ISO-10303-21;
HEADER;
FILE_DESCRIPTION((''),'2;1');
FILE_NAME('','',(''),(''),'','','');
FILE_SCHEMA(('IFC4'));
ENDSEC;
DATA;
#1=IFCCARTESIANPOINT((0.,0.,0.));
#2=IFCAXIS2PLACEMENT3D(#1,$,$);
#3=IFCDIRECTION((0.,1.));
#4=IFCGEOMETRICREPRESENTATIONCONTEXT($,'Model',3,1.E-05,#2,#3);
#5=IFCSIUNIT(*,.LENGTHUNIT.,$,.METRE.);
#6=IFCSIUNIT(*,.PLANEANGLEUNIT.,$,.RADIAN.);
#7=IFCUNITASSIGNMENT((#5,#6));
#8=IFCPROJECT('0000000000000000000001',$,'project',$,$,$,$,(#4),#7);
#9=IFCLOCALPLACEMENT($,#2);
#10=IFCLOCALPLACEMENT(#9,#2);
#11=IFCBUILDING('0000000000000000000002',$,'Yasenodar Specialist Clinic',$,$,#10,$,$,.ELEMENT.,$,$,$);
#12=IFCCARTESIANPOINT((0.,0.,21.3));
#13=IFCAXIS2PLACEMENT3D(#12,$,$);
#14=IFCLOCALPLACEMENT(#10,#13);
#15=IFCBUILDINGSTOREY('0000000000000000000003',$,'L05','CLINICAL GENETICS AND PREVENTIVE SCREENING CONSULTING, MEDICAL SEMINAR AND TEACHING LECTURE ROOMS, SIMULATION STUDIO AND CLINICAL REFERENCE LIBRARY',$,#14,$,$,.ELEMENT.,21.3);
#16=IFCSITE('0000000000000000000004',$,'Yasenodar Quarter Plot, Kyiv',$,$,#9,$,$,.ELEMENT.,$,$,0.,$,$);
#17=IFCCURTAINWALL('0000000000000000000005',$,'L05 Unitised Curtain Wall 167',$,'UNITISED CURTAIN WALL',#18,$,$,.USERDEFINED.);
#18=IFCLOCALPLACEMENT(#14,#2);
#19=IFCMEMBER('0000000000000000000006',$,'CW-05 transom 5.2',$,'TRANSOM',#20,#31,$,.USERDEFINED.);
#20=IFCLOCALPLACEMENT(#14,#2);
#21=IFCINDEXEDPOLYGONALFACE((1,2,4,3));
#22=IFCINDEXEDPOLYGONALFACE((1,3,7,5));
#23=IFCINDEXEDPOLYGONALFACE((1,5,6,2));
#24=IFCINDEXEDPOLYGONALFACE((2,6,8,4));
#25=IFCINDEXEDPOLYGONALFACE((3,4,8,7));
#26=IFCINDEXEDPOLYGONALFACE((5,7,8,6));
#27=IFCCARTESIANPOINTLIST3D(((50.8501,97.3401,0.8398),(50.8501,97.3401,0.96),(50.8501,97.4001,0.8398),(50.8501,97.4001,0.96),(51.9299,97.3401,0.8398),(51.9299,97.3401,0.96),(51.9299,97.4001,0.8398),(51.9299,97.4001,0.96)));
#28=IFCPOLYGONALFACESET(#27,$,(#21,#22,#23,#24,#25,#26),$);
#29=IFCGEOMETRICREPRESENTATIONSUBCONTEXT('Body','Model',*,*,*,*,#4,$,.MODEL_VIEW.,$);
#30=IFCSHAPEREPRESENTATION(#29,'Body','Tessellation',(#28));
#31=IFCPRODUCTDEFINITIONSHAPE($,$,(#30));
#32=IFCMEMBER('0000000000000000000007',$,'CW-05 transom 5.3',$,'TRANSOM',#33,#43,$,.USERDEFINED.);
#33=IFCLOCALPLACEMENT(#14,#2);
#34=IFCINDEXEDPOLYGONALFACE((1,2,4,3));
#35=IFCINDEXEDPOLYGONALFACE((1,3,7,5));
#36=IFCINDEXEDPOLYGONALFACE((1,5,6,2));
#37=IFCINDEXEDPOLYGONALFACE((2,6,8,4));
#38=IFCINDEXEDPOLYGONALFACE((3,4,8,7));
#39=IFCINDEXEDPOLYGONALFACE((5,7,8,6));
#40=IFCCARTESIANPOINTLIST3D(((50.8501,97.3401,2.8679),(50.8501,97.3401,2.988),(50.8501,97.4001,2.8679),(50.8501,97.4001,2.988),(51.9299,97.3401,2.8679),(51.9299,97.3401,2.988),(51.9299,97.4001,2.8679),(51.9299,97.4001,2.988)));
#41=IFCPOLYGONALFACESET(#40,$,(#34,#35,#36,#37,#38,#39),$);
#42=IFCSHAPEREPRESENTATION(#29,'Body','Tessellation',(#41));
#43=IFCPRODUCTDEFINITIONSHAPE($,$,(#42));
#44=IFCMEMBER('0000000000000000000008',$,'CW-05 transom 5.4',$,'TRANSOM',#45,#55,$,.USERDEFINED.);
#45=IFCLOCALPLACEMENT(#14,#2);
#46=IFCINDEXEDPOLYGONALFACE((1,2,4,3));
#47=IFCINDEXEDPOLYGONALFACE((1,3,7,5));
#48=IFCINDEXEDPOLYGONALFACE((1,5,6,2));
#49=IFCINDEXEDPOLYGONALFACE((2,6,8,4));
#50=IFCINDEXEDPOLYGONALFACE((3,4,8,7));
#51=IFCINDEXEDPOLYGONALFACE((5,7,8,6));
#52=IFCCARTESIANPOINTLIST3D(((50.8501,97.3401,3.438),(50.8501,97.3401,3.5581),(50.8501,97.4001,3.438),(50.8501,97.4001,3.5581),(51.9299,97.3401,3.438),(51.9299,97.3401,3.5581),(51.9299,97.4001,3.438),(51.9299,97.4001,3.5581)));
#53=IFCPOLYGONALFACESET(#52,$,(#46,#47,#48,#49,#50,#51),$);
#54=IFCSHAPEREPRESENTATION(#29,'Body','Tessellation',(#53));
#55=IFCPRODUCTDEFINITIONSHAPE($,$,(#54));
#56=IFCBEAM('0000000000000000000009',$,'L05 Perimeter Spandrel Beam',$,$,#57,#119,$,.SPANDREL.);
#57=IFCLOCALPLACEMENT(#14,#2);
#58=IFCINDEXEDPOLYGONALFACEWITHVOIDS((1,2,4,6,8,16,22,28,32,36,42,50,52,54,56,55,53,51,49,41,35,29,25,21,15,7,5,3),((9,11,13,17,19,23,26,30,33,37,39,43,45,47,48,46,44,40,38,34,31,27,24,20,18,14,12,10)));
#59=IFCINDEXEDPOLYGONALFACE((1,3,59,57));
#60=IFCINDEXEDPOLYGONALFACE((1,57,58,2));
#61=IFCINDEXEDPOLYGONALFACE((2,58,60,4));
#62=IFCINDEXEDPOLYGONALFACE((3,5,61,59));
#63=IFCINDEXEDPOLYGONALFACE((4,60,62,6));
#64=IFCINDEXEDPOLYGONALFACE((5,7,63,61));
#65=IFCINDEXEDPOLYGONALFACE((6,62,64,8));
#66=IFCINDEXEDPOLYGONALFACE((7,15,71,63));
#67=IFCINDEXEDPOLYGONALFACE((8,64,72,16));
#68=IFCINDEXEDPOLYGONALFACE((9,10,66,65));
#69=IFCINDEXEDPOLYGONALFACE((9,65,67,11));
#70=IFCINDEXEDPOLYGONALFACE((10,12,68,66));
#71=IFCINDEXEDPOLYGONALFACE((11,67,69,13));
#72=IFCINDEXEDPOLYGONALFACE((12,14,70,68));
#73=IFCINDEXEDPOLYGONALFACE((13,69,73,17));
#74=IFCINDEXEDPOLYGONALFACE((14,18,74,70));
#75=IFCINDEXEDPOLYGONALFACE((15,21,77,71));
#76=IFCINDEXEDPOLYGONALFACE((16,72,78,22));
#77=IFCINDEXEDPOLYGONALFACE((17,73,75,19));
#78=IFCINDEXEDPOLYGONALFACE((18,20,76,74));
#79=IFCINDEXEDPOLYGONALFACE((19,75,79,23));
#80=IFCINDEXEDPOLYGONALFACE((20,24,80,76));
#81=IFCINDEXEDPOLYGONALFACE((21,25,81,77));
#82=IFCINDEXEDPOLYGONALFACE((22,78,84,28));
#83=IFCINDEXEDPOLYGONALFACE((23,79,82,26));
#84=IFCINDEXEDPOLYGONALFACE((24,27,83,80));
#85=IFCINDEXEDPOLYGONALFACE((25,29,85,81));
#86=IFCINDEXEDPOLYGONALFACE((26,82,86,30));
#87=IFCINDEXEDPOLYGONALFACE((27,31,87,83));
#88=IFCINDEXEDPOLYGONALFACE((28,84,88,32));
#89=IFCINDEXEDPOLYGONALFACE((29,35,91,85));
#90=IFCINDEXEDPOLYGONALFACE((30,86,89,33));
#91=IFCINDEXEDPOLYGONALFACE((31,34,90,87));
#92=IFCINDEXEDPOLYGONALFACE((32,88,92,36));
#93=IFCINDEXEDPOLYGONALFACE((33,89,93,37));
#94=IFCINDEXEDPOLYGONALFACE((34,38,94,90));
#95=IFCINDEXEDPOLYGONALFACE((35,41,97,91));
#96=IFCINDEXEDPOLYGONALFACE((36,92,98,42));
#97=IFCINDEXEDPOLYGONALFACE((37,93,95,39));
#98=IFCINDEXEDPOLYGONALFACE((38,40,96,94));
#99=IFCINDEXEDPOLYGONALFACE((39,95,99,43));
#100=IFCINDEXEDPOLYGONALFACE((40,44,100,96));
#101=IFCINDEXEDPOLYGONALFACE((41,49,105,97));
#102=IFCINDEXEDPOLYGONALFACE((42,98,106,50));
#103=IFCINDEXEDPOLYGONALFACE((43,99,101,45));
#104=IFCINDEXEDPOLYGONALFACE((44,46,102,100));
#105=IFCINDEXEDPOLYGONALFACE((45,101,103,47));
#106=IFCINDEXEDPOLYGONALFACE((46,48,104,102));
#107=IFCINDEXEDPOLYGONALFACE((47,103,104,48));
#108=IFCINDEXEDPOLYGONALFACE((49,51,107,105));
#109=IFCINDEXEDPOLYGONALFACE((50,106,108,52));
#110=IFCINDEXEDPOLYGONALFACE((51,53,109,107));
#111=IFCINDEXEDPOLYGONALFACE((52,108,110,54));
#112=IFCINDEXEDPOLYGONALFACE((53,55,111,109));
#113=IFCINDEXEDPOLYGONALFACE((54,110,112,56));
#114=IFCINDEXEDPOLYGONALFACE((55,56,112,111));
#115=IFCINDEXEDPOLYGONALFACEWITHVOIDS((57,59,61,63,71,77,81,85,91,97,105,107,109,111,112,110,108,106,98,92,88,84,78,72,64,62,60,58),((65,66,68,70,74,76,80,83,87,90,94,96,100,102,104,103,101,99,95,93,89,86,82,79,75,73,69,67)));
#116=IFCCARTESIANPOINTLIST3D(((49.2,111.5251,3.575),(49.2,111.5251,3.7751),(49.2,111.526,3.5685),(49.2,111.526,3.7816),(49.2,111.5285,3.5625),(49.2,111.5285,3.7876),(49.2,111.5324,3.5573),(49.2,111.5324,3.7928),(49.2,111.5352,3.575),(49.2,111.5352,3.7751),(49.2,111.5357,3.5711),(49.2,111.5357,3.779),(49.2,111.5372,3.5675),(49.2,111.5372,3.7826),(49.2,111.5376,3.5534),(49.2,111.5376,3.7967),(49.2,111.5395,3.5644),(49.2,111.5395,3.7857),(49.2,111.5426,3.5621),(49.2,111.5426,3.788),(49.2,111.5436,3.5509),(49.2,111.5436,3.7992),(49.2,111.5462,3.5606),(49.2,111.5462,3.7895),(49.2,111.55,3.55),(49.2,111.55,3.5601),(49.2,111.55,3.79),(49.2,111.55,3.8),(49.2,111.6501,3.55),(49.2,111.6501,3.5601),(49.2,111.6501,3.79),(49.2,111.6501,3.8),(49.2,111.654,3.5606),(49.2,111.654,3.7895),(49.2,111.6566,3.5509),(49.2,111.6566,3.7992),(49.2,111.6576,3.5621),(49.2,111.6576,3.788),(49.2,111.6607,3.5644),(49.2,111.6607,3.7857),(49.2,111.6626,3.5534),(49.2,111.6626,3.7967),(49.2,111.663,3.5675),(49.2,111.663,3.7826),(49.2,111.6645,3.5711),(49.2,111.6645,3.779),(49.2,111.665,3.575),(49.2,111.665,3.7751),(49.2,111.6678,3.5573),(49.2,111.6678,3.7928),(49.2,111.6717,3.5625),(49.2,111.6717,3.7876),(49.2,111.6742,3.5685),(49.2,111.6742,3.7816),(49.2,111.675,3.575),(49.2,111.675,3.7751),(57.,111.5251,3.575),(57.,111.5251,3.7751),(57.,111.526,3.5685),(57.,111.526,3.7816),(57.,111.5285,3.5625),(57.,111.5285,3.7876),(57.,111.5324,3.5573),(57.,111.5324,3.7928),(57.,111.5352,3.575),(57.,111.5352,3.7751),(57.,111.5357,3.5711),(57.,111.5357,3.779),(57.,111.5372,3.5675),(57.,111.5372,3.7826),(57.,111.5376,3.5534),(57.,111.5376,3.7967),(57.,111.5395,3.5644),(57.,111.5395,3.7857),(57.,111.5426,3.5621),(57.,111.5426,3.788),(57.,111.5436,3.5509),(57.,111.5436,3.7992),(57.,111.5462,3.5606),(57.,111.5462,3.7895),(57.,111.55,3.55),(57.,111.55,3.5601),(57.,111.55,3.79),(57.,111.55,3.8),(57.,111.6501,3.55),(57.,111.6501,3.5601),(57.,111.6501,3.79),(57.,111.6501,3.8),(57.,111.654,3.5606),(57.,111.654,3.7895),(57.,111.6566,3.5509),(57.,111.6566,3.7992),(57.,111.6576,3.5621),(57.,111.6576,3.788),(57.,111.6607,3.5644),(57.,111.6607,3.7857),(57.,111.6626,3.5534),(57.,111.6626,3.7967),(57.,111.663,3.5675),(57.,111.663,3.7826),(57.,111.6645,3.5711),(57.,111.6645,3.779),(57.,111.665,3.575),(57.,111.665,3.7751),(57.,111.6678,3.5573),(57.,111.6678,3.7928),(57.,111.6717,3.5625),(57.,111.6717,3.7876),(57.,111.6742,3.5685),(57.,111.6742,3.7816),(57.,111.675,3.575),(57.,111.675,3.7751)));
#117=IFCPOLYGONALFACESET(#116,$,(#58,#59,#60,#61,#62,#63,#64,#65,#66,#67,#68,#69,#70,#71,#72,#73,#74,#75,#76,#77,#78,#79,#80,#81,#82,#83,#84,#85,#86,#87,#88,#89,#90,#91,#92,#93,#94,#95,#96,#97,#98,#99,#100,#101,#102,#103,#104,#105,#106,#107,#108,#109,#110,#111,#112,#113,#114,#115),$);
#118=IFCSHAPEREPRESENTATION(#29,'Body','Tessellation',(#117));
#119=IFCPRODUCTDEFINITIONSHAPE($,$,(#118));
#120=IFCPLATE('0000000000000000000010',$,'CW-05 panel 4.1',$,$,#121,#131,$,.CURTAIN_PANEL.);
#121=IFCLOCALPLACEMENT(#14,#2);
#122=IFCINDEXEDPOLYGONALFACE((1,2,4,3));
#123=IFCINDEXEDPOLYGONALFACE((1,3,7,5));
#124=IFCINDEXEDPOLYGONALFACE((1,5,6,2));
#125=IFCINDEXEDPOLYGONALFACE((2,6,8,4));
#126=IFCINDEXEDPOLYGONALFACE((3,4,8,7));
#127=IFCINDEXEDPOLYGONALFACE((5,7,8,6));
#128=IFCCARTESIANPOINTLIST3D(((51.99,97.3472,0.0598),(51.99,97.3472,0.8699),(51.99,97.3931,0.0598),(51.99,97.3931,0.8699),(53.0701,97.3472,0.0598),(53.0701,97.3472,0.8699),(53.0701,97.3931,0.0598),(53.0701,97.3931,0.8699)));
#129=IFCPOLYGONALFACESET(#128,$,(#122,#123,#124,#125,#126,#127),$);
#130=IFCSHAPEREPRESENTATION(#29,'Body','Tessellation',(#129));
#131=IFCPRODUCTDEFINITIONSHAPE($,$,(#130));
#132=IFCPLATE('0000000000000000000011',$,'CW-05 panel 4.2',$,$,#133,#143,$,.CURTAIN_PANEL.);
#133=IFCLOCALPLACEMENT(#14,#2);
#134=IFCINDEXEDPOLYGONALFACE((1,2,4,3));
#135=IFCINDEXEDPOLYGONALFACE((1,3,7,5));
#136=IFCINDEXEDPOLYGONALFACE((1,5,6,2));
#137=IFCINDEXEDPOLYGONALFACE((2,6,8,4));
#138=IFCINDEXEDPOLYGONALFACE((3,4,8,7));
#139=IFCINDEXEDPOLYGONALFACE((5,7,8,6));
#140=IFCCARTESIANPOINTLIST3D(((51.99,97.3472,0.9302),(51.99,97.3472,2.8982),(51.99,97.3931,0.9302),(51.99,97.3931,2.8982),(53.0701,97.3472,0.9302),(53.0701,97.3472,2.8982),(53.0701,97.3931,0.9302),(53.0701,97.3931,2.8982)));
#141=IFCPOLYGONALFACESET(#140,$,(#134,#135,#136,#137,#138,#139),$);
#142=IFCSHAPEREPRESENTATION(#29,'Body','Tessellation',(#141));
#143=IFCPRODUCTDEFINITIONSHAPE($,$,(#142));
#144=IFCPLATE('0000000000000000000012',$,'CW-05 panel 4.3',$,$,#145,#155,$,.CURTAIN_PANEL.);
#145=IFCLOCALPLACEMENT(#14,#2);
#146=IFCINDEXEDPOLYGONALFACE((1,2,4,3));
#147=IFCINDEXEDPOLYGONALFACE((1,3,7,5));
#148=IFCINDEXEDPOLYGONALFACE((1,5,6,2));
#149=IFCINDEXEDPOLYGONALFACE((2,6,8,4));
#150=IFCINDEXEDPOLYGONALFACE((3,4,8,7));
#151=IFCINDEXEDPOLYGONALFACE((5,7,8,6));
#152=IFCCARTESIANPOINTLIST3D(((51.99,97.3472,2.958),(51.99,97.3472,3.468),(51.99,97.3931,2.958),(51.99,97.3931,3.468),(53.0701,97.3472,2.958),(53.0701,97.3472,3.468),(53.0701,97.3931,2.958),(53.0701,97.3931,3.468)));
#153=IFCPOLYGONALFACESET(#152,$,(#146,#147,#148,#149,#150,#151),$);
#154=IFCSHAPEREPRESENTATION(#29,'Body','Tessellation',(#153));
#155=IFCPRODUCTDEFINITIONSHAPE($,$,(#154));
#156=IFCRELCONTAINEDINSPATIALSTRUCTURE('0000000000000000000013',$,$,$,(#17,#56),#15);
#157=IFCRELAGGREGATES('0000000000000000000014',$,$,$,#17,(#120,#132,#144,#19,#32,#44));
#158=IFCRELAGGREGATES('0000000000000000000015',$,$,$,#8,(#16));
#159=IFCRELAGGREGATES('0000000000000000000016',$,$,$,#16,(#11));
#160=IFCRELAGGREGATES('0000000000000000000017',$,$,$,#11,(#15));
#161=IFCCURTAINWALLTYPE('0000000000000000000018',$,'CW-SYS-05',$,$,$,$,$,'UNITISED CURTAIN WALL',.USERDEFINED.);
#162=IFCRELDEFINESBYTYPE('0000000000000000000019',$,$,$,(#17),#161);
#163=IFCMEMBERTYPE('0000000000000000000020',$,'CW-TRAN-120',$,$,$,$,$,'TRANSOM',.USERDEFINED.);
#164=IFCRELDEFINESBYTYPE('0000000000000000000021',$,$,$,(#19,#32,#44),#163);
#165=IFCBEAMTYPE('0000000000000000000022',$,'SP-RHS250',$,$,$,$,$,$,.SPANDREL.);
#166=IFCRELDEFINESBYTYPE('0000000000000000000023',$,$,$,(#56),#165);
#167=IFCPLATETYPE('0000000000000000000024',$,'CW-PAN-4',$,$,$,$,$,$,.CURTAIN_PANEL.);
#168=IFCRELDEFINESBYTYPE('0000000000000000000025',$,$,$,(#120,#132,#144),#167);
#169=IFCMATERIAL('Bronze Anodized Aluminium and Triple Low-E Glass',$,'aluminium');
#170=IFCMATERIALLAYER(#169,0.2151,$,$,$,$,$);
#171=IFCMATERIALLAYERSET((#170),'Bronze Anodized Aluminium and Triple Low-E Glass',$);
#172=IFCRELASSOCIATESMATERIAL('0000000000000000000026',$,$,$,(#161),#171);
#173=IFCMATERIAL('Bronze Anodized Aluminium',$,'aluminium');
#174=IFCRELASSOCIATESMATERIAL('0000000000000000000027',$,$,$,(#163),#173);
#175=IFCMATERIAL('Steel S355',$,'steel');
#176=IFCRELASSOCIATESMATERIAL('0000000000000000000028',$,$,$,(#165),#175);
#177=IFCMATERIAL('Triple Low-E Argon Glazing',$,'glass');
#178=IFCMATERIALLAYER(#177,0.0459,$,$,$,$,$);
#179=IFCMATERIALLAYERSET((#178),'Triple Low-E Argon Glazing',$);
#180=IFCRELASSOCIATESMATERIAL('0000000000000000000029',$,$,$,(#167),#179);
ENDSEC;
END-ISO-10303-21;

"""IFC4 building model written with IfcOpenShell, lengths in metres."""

from ifc_helpers import new_model, si_unit, direction, frame, origin, origin_2d, place, context, subcontext, project, spatial, rectangle, hollow_rectangle, extrude, material, layer, layer_set, material_profile, profile_set, type_object, element, aggregate, save


model = new_model("IFC4")

# Units and contexts
model_context = context("Model", 3, precision=1e-05, world=origin(), true_north=direction((0.0, 1.0)))
body_context = subcontext(model_context, "Body", "Model", "MODEL_VIEW")
ifc_project = project(units=[si_unit("LENGTHUNIT", "METRE"), si_unit("PLANEANGLEUNIT", "RADIAN")], contexts=[model_context])

# Site, building, storey
site_placement = place(None, origin())
site = spatial("IfcSite", under=ifc_project, at=site_placement, Name="Yasenodar Quarter Plot, Kyiv", CompositionType="ELEMENT", RefElevation=0.0)
building_placement = place(site_placement, origin())
building = spatial("IfcBuilding", under=site, at=building_placement, Name="Yasenodar Specialist Clinic", CompositionType="ELEMENT")
storey_placement = place(building_placement, frame((0.0, 0.0, 21.3)))
storey = spatial("IfcBuildingStorey", under=building, at=storey_placement, Name="L05", Description="CLINICAL GENETICS AND PREVENTIVE SCREENING CONSULTING, MEDICAL SEMINAR AND TEACHING LECTURE ROOMS, SIMULATION STUDIO AND CLINICAL REFERENCE LIBRARY", CompositionType="ELEMENT", Elevation=21.3)

# Shared definitions
ifc_material_1 = material(Name="Steel S355", Category="steel")

# Curtain wall, members
ifc_material_2 = material(Name="Bronze Anodized Aluminium and Triple Low-E Glass", Category="aluminium")
ifc_layer_1 = layer(ifc_material_2, 0.2151)
ifc_layer_set_1 = layer_set([ifc_layer_1], Name="Bronze Anodized Aluminium and Triple Low-E Glass")
curtain_wall_type = type_object("IfcCurtainWallType", Name="CW-SYS-05", ElementType="UNITISED CURTAIN WALL", PredefinedType="USERDEFINED", material=ifc_layer_set_1)
curtain_wall_placement = place(storey_placement, origin())
curtain_wall = element("IfcCurtainWall", 1, at=curtain_wall_placement, inside=storey, type_object=curtain_wall_type, Name="L05 Unitised Curtain Wall 167", ObjectType="UNITISED CURTAIN WALL", PredefinedType="USERDEFINED")
ifc_material_3 = material(Name="Bronze Anodized Aluminium", Category="aluminium")
ifc_material_profile_1 = material_profile(ifc_material_3, rectangle(XDim=0.0601, YDim=0.1201, at=origin_2d()), Name="CW-TRAN 60x120")
ifc_profile_set_1 = profile_set([ifc_material_profile_1], Name="Bronze Anodized Aluminium")
member_type_1 = type_object("IfcMemberType", Name="CW-TRAN-120", ElementType="TRANSOM", PredefinedType="USERDEFINED", material=ifc_profile_set_1)
member_1_placement = place(storey_placement, frame((51.9299, 97.3701, 0.8999), z_axis=(-1.0, 0.0, 0.0), x_axis=(0.0, -1.0, 0.0)))
member_1 = element("IfcMember", 2, at=member_1_placement, type_object=member_type_1, Name="CW-05 transom 5.2", ObjectType="TRANSOM", PredefinedType="USERDEFINED", context=body_context, shape_type="SweptSolid", body=[
    extrude(rectangle(XDim=0.0601, YDim=0.1201, at=origin_2d()), origin(), (0.0, 0.0, 1.0), 1.0798),
])
member_2_placement = place(storey_placement, frame((51.9299, 97.3701, 2.928), z_axis=(-1.0, 0.0, 0.0), x_axis=(0.0, -1.0, 0.0)))
member_2 = element("IfcMember", 3, at=member_2_placement, type_object=member_type_1, Name="CW-05 transom 5.3", ObjectType="TRANSOM", PredefinedType="USERDEFINED", context=body_context, shape_type="SweptSolid", body=[
    extrude(rectangle(XDim=0.0601, YDim=0.1201, at=origin_2d()), origin(), (0.0, 0.0, 1.0), 1.0798),
])
member_3_placement = place(storey_placement, frame((51.9299, 97.3701, 3.498), z_axis=(-1.0, 0.0, 0.0), x_axis=(0.0, -1.0, 0.0)))
member_3 = element("IfcMember", 4, at=member_3_placement, type_object=member_type_1, Name="CW-05 transom 5.4", ObjectType="TRANSOM", PredefinedType="USERDEFINED", context=body_context, shape_type="SweptSolid", body=[
    extrude(rectangle(XDim=0.0601, YDim=0.1201, at=origin_2d()), origin(), (0.0, 0.0, 1.0), 1.0798),
])

# Beam
ifc_material_profile_2 = material_profile(ifc_material_1, hollow_rectangle(XDim=0.1499, YDim=0.25, WallThickness=0.01, InnerFilletRadius=0.0149, OuterFilletRadius=0.0249, at=origin_2d()), Name="RHS 250x150x10")
ifc_profile_set_2 = profile_set([ifc_material_profile_2], Name="Steel S355")
beam_type_1 = type_object("IfcBeamType", Name="SP-RHS250", PredefinedType="SPANDREL", material=ifc_profile_set_2)
beam_1_placement = place(storey_placement, frame((49.2, 111.6001, 3.675), z_axis=(1.0, 0.0, 0.0), x_axis=(0.0, 1.0, 0.0)))
element("IfcBeam", 5, at=beam_1_placement, inside=storey, type_object=beam_type_1, Name="L05 Perimeter Spandrel Beam", PredefinedType="SPANDREL", context=body_context, shape_type="SweptSolid", body=[
    extrude(hollow_rectangle(XDim=0.1499, YDim=0.25, WallThickness=0.01, InnerFilletRadius=0.0149, OuterFilletRadius=0.0249, at=origin_2d()), origin(), (0.0, 0.0, 1.0), 7.8),
])

# Plates
ifc_material_4 = material(Name="Triple Low-E Argon Glazing", Category="glass")
ifc_layer_2 = layer(ifc_material_4, 0.0459)
ifc_layer_set_2 = layer_set([ifc_layer_2], Name="Triple Low-E Argon Glazing")
plate_type = type_object("IfcPlateType", Name="CW-PAN-4", PredefinedType="CURTAIN_PANEL", material=ifc_layer_set_2)
plate_1_placement = place(storey_placement, frame((52.53, 97.3701, 0.0598), z_axis=(0.0, 0.0, 1.0), x_axis=(-1.0, 0.0, 0.0)))
plate_1 = element("IfcPlate", 6, at=plate_1_placement, type_object=plate_type, Name="CW-05 panel 4.1", PredefinedType="CURTAIN_PANEL", context=body_context, shape_type="SweptSolid", body=[
    extrude(rectangle(XDim=1.0801, YDim=0.0459, at=origin_2d()), origin(), (0.0, 0.0, 1.0), 0.8101),
])
plate_2_placement = place(storey_placement, frame((52.53, 97.3701, 0.9302), z_axis=(0.0, 0.0, 1.0), x_axis=(-1.0, 0.0, 0.0)))
plate_2 = element("IfcPlate", 7, at=plate_2_placement, type_object=plate_type, Name="CW-05 panel 4.2", PredefinedType="CURTAIN_PANEL", context=body_context, shape_type="SweptSolid", body=[
    extrude(rectangle(XDim=1.0801, YDim=0.0459, at=origin_2d()), origin(), (0.0, 0.0, 1.0), 1.968),
])
plate_3_placement = place(storey_placement, frame((52.53, 97.3701, 2.958), z_axis=(0.0, 0.0, 1.0), x_axis=(-1.0, 0.0, 0.0)))
plate_3 = element("IfcPlate", 8, at=plate_3_placement, type_object=plate_type, Name="CW-05 panel 4.3", PredefinedType="CURTAIN_PANEL", context=body_context, shape_type="SweptSolid", body=[
    extrude(rectangle(XDim=1.0801, YDim=0.0459, at=origin_2d()), origin(), (0.0, 0.0, 1.0), 0.51),
])
aggregate(curtain_wall, [plate_1, plate_2, plate_3, member_1, member_2, member_3])

save(model, "model.ifc")
